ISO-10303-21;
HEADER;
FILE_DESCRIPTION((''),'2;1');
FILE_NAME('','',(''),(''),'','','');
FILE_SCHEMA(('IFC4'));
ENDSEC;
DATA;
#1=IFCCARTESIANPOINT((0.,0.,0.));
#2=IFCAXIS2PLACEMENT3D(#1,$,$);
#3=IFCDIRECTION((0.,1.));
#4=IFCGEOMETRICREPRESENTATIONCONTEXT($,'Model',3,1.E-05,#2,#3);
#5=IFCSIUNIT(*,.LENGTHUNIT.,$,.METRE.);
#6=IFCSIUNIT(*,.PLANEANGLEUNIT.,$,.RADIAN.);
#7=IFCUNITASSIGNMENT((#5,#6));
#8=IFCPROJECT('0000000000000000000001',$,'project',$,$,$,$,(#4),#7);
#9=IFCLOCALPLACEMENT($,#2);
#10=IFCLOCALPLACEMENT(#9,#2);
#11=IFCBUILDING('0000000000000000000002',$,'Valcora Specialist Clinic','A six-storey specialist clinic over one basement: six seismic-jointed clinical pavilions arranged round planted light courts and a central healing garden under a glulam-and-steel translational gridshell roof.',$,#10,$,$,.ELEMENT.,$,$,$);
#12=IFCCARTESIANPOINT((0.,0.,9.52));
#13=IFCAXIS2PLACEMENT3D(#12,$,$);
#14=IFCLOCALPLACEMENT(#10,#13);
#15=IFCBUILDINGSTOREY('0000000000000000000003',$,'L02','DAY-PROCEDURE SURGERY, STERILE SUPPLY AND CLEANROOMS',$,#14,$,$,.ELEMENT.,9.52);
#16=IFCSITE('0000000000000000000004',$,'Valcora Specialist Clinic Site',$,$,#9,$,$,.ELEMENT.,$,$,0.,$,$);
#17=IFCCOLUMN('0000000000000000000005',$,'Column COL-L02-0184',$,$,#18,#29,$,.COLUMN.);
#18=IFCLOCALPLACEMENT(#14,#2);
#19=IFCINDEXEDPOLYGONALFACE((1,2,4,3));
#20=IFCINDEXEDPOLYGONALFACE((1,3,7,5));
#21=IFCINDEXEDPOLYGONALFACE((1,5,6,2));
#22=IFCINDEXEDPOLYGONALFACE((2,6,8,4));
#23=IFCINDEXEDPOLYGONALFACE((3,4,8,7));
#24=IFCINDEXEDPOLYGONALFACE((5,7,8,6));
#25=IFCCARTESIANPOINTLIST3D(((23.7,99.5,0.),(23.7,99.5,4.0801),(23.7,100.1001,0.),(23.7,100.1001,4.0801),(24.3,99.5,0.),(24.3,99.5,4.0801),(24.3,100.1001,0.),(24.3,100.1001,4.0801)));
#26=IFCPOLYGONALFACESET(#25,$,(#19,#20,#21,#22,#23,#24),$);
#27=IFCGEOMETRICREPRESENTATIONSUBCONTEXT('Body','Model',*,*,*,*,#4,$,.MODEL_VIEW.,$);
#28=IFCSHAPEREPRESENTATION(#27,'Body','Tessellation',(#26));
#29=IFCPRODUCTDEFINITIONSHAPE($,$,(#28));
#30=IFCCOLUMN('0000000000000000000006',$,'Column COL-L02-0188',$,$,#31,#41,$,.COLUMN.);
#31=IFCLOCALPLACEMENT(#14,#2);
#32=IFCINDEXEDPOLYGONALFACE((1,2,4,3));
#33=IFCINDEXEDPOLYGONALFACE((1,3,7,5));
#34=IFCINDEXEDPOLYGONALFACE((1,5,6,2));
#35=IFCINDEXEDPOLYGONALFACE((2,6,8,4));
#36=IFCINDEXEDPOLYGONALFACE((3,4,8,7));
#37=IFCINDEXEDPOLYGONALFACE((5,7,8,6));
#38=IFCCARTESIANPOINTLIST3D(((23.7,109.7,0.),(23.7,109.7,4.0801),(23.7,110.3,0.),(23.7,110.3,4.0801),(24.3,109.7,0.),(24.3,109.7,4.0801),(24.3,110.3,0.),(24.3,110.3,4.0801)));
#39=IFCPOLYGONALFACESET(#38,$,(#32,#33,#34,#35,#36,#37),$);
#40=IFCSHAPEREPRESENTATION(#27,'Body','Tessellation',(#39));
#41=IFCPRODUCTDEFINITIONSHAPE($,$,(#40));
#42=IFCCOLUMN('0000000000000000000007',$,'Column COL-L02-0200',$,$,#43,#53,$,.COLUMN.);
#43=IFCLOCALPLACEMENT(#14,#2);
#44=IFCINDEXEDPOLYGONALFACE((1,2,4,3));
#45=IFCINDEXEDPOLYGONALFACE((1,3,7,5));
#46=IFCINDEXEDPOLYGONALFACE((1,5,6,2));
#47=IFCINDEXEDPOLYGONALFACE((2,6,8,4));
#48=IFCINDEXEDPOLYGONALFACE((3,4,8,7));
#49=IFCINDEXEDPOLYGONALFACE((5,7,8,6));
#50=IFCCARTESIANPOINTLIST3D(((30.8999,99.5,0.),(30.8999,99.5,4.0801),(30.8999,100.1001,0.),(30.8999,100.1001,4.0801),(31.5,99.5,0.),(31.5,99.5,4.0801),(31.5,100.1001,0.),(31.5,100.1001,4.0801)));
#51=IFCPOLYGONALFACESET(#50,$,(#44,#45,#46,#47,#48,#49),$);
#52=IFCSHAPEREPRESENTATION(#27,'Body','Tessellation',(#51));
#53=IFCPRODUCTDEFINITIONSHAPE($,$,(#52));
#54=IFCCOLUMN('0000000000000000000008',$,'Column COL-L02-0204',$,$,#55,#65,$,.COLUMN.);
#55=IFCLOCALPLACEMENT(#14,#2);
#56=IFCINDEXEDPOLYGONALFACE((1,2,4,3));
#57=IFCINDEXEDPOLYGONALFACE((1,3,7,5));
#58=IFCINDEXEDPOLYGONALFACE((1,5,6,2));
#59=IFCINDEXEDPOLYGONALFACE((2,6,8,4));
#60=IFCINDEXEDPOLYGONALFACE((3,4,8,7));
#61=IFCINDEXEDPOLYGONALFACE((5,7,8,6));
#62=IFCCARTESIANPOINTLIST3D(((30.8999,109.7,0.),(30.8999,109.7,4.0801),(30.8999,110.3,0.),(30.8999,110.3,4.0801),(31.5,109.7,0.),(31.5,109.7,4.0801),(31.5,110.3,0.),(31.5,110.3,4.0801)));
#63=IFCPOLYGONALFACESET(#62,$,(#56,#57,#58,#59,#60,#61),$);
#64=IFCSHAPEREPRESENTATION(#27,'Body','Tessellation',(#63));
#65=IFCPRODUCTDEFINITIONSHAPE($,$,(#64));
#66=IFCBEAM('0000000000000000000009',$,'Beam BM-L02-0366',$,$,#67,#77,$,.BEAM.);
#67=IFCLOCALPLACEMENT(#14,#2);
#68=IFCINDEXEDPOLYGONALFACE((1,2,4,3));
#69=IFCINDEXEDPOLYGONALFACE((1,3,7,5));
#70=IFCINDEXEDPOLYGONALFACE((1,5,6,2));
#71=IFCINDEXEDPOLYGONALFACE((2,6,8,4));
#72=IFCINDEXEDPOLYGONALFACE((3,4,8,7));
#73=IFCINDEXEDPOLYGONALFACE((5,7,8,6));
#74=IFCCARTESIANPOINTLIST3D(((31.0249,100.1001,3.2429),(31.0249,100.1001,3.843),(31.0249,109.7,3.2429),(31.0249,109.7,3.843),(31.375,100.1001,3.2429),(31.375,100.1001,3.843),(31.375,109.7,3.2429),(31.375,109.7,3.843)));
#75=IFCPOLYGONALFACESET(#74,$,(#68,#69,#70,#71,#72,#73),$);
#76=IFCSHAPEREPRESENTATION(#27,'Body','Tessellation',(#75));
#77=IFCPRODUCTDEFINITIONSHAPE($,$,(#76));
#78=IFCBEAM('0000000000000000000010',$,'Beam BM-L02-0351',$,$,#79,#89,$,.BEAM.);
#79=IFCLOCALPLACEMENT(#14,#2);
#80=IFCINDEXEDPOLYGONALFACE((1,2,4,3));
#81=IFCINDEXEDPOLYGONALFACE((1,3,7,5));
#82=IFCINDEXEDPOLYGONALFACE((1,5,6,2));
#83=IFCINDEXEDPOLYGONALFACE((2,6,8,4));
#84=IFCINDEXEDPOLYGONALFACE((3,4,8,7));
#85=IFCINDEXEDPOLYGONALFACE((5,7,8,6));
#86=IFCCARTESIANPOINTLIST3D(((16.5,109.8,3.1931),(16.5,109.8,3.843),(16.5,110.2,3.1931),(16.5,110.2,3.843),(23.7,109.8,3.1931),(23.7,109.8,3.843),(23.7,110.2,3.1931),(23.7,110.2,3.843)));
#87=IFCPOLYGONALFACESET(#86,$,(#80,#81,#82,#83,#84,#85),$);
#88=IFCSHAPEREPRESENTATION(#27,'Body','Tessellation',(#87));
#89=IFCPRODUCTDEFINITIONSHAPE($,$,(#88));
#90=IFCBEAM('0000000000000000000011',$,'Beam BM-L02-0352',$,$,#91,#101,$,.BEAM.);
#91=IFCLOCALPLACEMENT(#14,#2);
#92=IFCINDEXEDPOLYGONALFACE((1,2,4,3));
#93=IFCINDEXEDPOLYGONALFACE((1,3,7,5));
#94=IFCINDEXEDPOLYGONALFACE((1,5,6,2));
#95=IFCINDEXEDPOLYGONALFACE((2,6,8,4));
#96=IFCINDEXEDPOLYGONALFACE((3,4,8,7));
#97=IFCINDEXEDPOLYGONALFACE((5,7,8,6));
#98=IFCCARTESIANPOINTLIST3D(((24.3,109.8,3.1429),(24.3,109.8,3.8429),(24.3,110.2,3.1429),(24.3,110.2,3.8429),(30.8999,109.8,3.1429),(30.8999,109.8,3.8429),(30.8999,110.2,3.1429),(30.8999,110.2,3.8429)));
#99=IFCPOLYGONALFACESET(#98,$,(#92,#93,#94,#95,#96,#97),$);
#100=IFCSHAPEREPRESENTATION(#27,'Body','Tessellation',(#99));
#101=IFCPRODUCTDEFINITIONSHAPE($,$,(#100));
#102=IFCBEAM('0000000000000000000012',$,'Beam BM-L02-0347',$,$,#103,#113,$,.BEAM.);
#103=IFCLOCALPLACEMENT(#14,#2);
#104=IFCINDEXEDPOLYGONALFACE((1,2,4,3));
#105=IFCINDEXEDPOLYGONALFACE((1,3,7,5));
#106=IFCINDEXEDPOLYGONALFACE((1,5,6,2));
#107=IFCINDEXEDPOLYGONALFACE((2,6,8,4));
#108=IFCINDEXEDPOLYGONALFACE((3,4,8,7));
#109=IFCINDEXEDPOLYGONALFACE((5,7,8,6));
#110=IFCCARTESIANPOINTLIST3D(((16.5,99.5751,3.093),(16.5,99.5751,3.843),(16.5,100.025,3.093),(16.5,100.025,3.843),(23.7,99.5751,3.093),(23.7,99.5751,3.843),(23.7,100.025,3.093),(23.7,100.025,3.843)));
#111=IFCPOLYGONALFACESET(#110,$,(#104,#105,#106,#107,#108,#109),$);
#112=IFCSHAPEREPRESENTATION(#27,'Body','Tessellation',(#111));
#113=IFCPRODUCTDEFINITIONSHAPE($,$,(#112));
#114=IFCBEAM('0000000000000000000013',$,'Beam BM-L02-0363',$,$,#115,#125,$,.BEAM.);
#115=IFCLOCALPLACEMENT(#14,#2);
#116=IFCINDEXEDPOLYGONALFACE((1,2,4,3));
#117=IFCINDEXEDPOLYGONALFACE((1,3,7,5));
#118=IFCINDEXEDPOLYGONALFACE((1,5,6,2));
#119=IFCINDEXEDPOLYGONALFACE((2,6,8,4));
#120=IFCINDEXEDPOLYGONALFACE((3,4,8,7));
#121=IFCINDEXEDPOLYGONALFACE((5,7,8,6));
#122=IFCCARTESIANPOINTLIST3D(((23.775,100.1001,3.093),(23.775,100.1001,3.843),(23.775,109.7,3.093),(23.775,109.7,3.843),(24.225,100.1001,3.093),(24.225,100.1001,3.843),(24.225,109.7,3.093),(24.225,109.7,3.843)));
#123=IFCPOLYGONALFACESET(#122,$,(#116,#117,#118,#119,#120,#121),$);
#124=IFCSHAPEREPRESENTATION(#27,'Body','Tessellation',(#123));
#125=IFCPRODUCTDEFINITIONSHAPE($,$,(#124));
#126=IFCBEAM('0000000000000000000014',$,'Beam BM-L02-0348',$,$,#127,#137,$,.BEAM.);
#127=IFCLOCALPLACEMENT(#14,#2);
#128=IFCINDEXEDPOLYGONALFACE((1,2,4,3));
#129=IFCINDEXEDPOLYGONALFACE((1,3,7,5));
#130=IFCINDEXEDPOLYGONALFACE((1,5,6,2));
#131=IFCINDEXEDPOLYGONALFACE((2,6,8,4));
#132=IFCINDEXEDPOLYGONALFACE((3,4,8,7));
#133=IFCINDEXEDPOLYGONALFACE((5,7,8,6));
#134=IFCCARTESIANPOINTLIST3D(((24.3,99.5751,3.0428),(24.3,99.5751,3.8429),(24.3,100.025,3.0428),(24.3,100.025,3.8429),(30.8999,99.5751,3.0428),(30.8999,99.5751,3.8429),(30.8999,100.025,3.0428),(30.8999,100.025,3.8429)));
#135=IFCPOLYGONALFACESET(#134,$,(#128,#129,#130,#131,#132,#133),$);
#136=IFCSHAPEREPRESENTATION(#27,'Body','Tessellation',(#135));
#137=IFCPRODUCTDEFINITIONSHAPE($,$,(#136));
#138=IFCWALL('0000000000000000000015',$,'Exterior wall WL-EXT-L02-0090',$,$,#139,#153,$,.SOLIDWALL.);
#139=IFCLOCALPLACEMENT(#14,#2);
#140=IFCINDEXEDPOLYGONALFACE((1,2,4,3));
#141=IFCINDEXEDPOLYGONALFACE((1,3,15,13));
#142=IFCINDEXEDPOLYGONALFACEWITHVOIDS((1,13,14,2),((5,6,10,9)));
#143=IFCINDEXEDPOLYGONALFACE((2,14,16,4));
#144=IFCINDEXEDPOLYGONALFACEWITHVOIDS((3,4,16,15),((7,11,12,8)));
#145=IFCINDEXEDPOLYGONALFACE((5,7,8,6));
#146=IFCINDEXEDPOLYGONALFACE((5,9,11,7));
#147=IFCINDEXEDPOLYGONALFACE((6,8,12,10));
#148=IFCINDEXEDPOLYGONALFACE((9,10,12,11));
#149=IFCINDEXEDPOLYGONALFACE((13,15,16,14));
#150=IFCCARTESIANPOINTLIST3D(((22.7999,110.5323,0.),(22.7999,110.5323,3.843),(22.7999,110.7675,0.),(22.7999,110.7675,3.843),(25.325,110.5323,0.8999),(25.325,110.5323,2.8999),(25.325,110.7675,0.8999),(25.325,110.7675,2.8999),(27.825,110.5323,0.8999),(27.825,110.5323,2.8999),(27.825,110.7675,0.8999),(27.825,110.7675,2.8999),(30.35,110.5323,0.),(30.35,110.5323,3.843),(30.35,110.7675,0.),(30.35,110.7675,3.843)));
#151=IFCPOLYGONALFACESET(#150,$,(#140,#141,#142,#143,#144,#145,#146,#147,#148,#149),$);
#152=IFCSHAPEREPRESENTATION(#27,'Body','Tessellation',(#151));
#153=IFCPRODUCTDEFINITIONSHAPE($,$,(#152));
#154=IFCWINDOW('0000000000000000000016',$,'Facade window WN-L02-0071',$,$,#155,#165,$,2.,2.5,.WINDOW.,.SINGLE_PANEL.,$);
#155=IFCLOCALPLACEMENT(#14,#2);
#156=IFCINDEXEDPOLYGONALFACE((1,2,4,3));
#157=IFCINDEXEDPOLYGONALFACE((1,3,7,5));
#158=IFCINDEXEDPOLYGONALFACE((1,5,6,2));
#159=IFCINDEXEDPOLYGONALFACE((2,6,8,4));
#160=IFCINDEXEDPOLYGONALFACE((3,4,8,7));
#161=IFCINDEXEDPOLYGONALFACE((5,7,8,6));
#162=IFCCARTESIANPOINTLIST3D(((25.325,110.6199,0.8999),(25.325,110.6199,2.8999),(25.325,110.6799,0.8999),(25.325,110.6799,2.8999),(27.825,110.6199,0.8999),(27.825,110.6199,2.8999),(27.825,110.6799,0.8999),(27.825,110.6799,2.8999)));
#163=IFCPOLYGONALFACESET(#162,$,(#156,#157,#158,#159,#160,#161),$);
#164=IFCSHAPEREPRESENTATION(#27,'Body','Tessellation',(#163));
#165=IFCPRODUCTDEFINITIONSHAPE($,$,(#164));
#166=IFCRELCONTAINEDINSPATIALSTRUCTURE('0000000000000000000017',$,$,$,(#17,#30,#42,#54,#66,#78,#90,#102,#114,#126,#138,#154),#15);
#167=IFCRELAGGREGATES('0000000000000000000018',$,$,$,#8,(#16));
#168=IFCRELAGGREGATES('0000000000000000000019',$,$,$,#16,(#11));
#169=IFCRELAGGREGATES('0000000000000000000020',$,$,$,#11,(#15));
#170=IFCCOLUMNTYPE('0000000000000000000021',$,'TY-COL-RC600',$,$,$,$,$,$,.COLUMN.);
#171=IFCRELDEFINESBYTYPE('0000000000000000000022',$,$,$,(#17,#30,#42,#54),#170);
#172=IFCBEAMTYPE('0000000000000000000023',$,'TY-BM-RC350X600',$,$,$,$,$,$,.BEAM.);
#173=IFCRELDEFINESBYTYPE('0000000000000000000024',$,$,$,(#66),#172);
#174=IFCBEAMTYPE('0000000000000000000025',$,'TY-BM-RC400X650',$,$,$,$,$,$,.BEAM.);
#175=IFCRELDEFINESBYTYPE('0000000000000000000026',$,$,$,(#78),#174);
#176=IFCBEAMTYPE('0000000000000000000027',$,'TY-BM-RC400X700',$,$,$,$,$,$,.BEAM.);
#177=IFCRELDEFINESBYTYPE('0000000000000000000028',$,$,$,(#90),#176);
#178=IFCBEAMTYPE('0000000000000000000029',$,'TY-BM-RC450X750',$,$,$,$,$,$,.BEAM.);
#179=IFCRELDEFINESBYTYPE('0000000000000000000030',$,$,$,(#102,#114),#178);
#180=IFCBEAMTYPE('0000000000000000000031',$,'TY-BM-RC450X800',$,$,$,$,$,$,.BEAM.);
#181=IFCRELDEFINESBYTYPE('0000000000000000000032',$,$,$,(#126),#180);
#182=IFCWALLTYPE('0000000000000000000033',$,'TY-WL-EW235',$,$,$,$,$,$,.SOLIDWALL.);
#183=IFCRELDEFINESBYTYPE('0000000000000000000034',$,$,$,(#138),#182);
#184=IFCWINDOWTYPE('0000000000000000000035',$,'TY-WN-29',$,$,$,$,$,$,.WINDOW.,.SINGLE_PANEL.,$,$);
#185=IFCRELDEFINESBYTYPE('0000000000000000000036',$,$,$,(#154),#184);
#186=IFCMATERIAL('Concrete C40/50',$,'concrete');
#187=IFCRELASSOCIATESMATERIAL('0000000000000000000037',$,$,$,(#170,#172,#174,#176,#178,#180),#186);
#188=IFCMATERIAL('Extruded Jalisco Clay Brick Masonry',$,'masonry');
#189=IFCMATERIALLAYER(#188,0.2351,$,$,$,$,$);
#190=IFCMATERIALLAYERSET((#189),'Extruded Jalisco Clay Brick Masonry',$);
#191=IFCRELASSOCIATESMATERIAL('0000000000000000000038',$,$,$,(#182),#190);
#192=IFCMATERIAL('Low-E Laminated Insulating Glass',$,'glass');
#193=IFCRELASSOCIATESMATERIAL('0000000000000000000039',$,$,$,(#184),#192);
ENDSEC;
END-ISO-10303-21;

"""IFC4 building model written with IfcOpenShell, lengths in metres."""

from ifc_helpers import new_model, si_unit, direction, frame, frame_2d, origin, origin_2d, place, context, subcontext, project, spatial, rectangle, extrude, material, layer, layer_set, material_profile, profile_set, type_object, element, fill, save


model = new_model("IFC4")

# Units and contexts
model_context = context("Model", 3, precision=1e-05, world=origin(), true_north=direction((0.0, 1.0)))
body_context = subcontext(model_context, "Body", "Model", "MODEL_VIEW")
ifc_project = project(units=[si_unit("LENGTHUNIT", "METRE"), si_unit("PLANEANGLEUNIT", "RADIAN")], contexts=[model_context])

# Site, building, storey
site_placement = place(None, origin())
site = spatial("IfcSite", under=ifc_project, at=site_placement, Name="Valcora Specialist Clinic Site", CompositionType="ELEMENT", RefElevation=0.0)
building_placement = place(site_placement, origin())
building = spatial("IfcBuilding", under=site, at=building_placement, Name="Valcora Specialist Clinic", Description="A six-storey specialist clinic over one basement: six seismic-jointed clinical pavilions arranged round planted light courts and a central healing garden under a glulam-and-steel translational gridshell roof.", CompositionType="ELEMENT")
storey_placement = place(building_placement, frame((0.0, 0.0, 9.52)))
storey = spatial("IfcBuildingStorey", under=building, at=storey_placement, Name="L02", Description="DAY-PROCEDURE SURGERY, STERILE SUPPLY AND CLEANROOMS", CompositionType="ELEMENT", Elevation=9.52)

# Columns
ifc_material_1 = material(Name="Concrete C40/50", Category="concrete")
ifc_material_profile_1 = material_profile(ifc_material_1, rectangle(XDim=0.6001, YDim=0.6001, at=origin_2d()), Name="RC-COL-600X600")
ifc_profile_set_1 = profile_set([ifc_material_profile_1], Name="Concrete C40/50")
column_type = type_object("IfcColumnType", Name="TY-COL-RC600", PredefinedType="COLUMN", material=ifc_profile_set_1)
for number, where, z_axis, x_axis, name in (
    (1, (24.0, 99.8, 0.0), (0.0, 0.0, 1.0), (1.0, 0.0, 0.0), "Column COL-L02-0184"),
    (2, (24.0, 110.0, 0.0), (0.0, 0.0, 1.0), (1.0, 0.0, 0.0), "Column COL-L02-0188"),
    (3, (31.2, 99.8, 0.0), (0.0, 0.0, 1.0), (1.0, 0.0, 0.0), "Column COL-L02-0200"),
    (4, (31.2, 110.0, 0.0), (0.0, 0.0, 1.0), (1.0, 0.0, 0.0), "Column COL-L02-0204"),
):
    element("IfcColumn", number, at=place(storey_placement, frame(where, z_axis=z_axis, x_axis=x_axis)), inside=storey, type_object=column_type, Name=name, PredefinedType="COLUMN", context=body_context, shape_type="SweptSolid", body=[
        extrude(rectangle(XDim=0.6001, YDim=0.6001, at=origin_2d()), origin(), (0.0, 0.0, 1.0), 4.0801),
    ])

# Beams
ifc_material_profile_2 = material_profile(ifc_material_1, rectangle(XDim=0.3501, YDim=0.6001, at=origin_2d()), Name="RC-BM-350X600")
ifc_profile_set_2 = profile_set([ifc_material_profile_2], Name="Concrete C40/50")
beam_type_1 = type_object("IfcBeamType", Name="TY-BM-RC350X600", PredefinedType="BEAM", material=ifc_profile_set_2)
beam_1_placement = place(storey_placement, frame((31.2, 100.1001, 3.543), z_axis=(0.0, 1.0, 0.0), x_axis=(-1.0, 0.0, 0.0)))
element("IfcBeam", 5, at=beam_1_placement, inside=storey, type_object=beam_type_1, Name="Beam BM-L02-0366", PredefinedType="BEAM", context=body_context, shape_type="SweptSolid", body=[
    extrude(rectangle(XDim=0.3501, YDim=0.6001, at=origin_2d()), origin(), (0.0, 0.0, 1.0), 9.5999),
])
ifc_material_profile_3 = material_profile(ifc_material_1, rectangle(XDim=0.3999, YDim=0.6499, at=origin_2d()), Name="RC-BM-400X650")
ifc_profile_set_3 = profile_set([ifc_material_profile_3], Name="Concrete C40/50")
beam_type_2 = type_object("IfcBeamType", Name="TY-BM-RC400X650", PredefinedType="BEAM", material=ifc_profile_set_3)
beam_2_placement = place(storey_placement, frame((16.5, 110.0, 3.5181), z_axis=(1.0, 0.0, 0.0), x_axis=(0.0, 1.0, 0.0)))
element("IfcBeam", 6, at=beam_2_placement, inside=storey, type_object=beam_type_2, Name="Beam BM-L02-0351", PredefinedType="BEAM", context=body_context, shape_type="SweptSolid", body=[
    extrude(rectangle(XDim=0.3999, YDim=0.6499, at=origin_2d()), origin(), (0.0, 0.0, 1.0), 7.2),
])
ifc_material_profile_4 = material_profile(ifc_material_1, rectangle(XDim=0.3999, YDim=0.7, at=origin_2d()), Name="RC-BM-400X700")
ifc_profile_set_4 = profile_set([ifc_material_profile_4], Name="Concrete C40/50")
beam_type_3 = type_object("IfcBeamType", Name="TY-BM-RC400X700", PredefinedType="BEAM", material=ifc_profile_set_4)
beam_3_placement = place(storey_placement, frame((24.3, 110.0, 3.4929), z_axis=(1.0, 0.0, 0.0), x_axis=(0.0, 1.0, 0.0)))
element("IfcBeam", 7, at=beam_3_placement, inside=storey, type_object=beam_type_3, Name="Beam BM-L02-0352", PredefinedType="BEAM", context=body_context, shape_type="SweptSolid", body=[
    extrude(rectangle(XDim=0.3999, YDim=0.7, at=origin_2d()), origin(), (0.0, 0.0, 1.0), 6.5999),
])
ifc_material_profile_5 = material_profile(ifc_material_1, rectangle(XDim=0.45, YDim=0.75, at=origin_2d()), Name="RC-BM-450X750")
ifc_profile_set_5 = profile_set([ifc_material_profile_5], Name="Concrete C40/50")
beam_type_4 = type_object("IfcBeamType", Name="TY-BM-RC450X750", PredefinedType="BEAM", material=ifc_profile_set_5)
beam_4_placement = place(storey_placement, frame((16.5, 99.8, 3.468), z_axis=(1.0, 0.0, 0.0), x_axis=(0.0, 1.0, 0.0)))
element("IfcBeam", 8, at=beam_4_placement, inside=storey, type_object=beam_type_4, Name="Beam BM-L02-0347", PredefinedType="BEAM", context=body_context, shape_type="SweptSolid", body=[
    extrude(rectangle(XDim=0.45, YDim=0.75, at=origin_2d()), origin(), (0.0, 0.0, 1.0), 7.2),
])
beam_5_placement = place(storey_placement, frame((24.0, 100.1001, 3.468), z_axis=(0.0, 1.0, 0.0), x_axis=(-1.0, 0.0, 0.0)))
element("IfcBeam", 9, at=beam_5_placement, inside=storey, type_object=beam_type_4, Name="Beam BM-L02-0363", PredefinedType="BEAM", context=body_context, shape_type="SweptSolid", body=[
    extrude(rectangle(XDim=0.45, YDim=0.75, at=origin_2d()), origin(), (0.0, 0.0, 1.0), 9.5999),
])
ifc_material_profile_6 = material_profile(ifc_material_1, rectangle(XDim=0.45, YDim=0.8, at=origin_2d()), Name="RC-BM-450X800")
ifc_profile_set_6 = profile_set([ifc_material_profile_6], Name="Concrete C40/50")
beam_type_5 = type_object("IfcBeamType", Name="TY-BM-RC450X800", PredefinedType="BEAM", material=ifc_profile_set_6)
beam_6_placement = place(storey_placement, frame((24.3, 99.8, 3.4429), z_axis=(1.0, 0.0, 0.0), x_axis=(0.0, 1.0, 0.0)))
element("IfcBeam", 10, at=beam_6_placement, inside=storey, type_object=beam_type_5, Name="Beam BM-L02-0348", PredefinedType="BEAM", context=body_context, shape_type="SweptSolid", body=[
    extrude(rectangle(XDim=0.45, YDim=0.8, at=origin_2d()), origin(), (0.0, 0.0, 1.0), 6.5999),
])

# Wall, opening, window
ifc_material_2 = material(Name="Extruded Jalisco Clay Brick Masonry", Category="masonry")
ifc_layer_1 = layer(ifc_material_2, 0.2351)
ifc_layer_set_1 = layer_set([ifc_layer_1], Name="Extruded Jalisco Clay Brick Masonry")
wall_type_1 = type_object("IfcWallType", Name="TY-WL-EW235", PredefinedType="SOLIDWALL", material=ifc_layer_set_1)
wall_1_placement = place(storey_placement, frame((22.8, 110.6499, 0.0), z_axis=(0.0, 0.0, 1.0), x_axis=(1.0, 0.0, 0.0)))
wall_1 = element("IfcWall", 11, at=wall_1_placement, inside=storey, type_object=wall_type_1, Name="Exterior wall WL-EXT-L02-0090", PredefinedType="SOLIDWALL", context=body_context, shape_type="SweptSolid", body=[
    extrude(rectangle(XDim=7.55, YDim=0.2351, at=frame_2d((3.7749, 0.0))), origin(), (0.0, 0.0, 1.0), 3.843),
])
opening_1_placement = place(wall_1_placement, frame((2.5249, 0.0, 0.8999)))
opening_1 = element("IfcOpeningElement", 12, at=opening_1_placement, cuts=wall_1, PredefinedType="OPENING", context=body_context, shape_type="SweptSolid", body=[
    extrude(rectangle(XDim=2.5, YDim=2.0, at=frame_2d((1.25, 1.0))), frame((0.0, 0.1274, 0.0), z_axis=(0.0, -1.0, 0.0), x_axis=(1.0, 0.0, 0.0)), (0.0, 0.0, 1.0), 0.2551),
])
ifc_material_3 = material(Name="Low-E Laminated Insulating Glass", Category="glass")
window_type_1 = type_object("IfcWindowType", Name="TY-WN-29", PartitioningType="SINGLE_PANEL", PredefinedType="WINDOW", material=ifc_material_3)
window_1_placement = place(opening_1_placement, origin())
window_1 = element("IfcWindow", 13, at=window_1_placement, inside=storey, type_object=window_type_1, Name="Facade window WN-L02-0071", OverallHeight=2.0, OverallWidth=2.5, PartitioningType="SINGLE_PANEL", PredefinedType="WINDOW", context=body_context, shape_type="SweptSolid", body=[
    extrude(rectangle(XDim=2.5, YDim=2.0, at=frame_2d((1.25, 1.0))), frame((0.0, 0.03, 0.0), z_axis=(0.0, -1.0, 0.0), x_axis=(1.0, 0.0, 0.0)), (0.0, 0.0, 1.0), 0.0601),
])
fill(opening_1, window_1)

save(model, "model.ifc")
